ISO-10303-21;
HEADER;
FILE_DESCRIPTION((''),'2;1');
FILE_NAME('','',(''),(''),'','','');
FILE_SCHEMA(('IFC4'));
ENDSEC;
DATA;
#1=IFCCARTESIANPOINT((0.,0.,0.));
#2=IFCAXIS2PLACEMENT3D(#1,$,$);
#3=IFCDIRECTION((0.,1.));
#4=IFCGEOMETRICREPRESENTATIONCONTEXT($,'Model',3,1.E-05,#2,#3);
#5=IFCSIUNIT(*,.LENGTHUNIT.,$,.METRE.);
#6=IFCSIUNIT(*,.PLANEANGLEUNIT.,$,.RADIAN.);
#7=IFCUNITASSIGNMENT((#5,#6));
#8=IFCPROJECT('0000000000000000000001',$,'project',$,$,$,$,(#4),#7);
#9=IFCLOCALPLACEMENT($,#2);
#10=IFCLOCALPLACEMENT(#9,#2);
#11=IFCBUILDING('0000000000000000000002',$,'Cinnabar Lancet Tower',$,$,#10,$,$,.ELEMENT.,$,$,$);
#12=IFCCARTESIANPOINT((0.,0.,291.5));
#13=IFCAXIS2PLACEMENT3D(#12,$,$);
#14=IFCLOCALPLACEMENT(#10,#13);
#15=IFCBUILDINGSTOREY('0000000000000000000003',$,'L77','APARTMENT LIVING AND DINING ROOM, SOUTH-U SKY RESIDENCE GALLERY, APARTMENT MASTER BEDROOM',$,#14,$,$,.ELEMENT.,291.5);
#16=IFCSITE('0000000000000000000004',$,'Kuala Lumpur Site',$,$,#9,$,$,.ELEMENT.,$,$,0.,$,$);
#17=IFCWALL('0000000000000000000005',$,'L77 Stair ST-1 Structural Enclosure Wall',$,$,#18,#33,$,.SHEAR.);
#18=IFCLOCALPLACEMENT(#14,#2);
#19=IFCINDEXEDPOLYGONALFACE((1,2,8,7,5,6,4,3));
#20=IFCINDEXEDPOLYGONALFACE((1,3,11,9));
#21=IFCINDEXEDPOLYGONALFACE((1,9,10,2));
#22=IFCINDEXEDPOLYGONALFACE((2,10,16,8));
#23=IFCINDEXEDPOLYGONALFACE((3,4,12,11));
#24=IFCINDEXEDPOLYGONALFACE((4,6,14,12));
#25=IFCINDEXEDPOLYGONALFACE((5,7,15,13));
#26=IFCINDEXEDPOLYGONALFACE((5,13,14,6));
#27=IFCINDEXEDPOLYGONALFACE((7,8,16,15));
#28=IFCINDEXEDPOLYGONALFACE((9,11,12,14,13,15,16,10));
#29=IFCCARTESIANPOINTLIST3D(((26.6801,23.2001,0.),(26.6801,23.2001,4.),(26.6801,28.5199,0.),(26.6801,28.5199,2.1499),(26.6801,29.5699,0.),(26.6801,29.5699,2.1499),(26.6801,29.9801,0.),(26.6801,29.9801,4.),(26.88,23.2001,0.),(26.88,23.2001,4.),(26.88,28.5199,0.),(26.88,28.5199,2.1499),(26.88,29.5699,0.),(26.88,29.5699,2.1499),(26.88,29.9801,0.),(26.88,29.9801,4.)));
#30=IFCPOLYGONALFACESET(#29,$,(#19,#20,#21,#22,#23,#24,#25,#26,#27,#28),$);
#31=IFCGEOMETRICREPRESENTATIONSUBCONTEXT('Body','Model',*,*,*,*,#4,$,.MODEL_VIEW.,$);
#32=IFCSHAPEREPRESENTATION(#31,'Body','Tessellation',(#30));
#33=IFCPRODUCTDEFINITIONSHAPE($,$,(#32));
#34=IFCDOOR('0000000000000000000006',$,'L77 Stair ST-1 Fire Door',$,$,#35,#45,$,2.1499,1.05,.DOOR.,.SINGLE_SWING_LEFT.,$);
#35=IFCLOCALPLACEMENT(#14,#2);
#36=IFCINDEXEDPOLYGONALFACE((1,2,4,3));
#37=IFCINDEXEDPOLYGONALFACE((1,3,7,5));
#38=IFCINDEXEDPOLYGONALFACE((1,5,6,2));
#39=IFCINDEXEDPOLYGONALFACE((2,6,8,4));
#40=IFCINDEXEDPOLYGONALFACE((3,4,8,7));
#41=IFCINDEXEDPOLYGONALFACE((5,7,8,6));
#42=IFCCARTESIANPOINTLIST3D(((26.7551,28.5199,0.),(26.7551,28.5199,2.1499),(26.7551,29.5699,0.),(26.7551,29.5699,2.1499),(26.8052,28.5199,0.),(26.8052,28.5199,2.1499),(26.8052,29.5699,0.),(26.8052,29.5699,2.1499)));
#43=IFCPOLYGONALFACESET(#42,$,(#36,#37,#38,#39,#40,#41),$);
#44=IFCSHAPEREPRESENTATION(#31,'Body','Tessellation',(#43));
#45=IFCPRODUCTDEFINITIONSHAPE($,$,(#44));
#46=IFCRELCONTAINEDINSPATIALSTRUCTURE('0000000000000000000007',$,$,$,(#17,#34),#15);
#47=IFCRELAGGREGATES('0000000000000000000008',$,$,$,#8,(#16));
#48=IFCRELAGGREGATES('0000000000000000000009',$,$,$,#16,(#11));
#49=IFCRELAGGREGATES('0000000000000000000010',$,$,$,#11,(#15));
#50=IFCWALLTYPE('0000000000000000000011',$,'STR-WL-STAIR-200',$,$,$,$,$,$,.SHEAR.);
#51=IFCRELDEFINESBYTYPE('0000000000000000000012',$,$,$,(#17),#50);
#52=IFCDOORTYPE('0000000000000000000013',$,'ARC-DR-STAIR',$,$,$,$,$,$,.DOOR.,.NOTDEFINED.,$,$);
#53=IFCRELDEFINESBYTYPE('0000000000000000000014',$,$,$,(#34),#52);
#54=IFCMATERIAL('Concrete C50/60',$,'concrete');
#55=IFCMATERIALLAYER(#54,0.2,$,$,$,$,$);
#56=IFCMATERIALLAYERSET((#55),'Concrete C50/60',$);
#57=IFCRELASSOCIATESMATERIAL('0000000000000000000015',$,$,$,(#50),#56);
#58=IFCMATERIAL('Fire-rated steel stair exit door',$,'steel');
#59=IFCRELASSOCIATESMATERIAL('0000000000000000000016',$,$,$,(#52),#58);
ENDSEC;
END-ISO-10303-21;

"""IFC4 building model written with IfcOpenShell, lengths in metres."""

from ifc_helpers import new_model, si_unit, direction, frame, frame_2d, origin, place, context, subcontext, project, spatial, rectangle, extrude, material, layer, layer_set, type_object, element, fill, save


model = new_model("IFC4")

# Units and contexts
model_context = context("Model", 3, precision=1e-05, world=origin(), true_north=direction((0.0, 1.0)))
body_context = subcontext(model_context, "Body", "Model", "MODEL_VIEW")
ifc_project = project(units=[si_unit("LENGTHUNIT", "METRE"), si_unit("PLANEANGLEUNIT", "RADIAN")], contexts=[model_context])

# Site, building, storey
site_placement = place(None, origin())
site = spatial("IfcSite", under=ifc_project, at=site_placement, Name="Kuala Lumpur Site", CompositionType="ELEMENT", RefElevation=0.0)
building_placement = place(site_placement, origin())
building = spatial("IfcBuilding", under=site, at=building_placement, Name="Cinnabar Lancet Tower", CompositionType="ELEMENT")
storey_placement = place(building_placement, frame((0.0, 0.0, 291.5)))
storey = spatial("IfcBuildingStorey", under=building, at=storey_placement, Name="L77", Description="APARTMENT LIVING AND DINING ROOM, SOUTH-U SKY RESIDENCE GALLERY, APARTMENT MASTER BEDROOM", CompositionType="ELEMENT", Elevation=291.5)

# Wall, opening, door
ifc_material_1 = material(Name="Concrete C50/60", Category="concrete")
ifc_layer_1 = layer(ifc_material_1, 0.2)
ifc_layer_set_1 = layer_set([ifc_layer_1], Name="Concrete C50/60")
wall_type_1 = type_object("IfcWallType", Name="STR-WL-STAIR-200", PredefinedType="SHEAR", material=ifc_layer_set_1)
wall_1_placement = place(storey_placement, frame((26.78, 23.2, 0.0), z_axis=(0.0, 0.0, 1.0), x_axis=(0.0, 1.0, 0.0)))
wall_1 = element("IfcWall", 1, at=wall_1_placement, inside=storey, type_object=wall_type_1, Name="L77 Stair ST-1 Structural Enclosure Wall", PredefinedType="SHEAR", context=body_context, shape_type="SweptSolid", body=[
    extrude(rectangle(XDim=6.78, YDim=0.2, at=frame_2d((3.3901, 0.0))), origin(), (0.0, 0.0, 1.0), 4.0),
])
opening_1_placement = place(wall_1_placement, frame((5.3201, 0.0, 0.0)))
opening_1 = element("IfcOpeningElement", 2, at=opening_1_placement, cuts=wall_1, PredefinedType="OPENING", context=body_context, shape_type="SweptSolid", body=[
    extrude(rectangle(XDim=1.05, YDim=2.1499, at=frame_2d((0.5249, 1.075))), frame((0.0, 0.1099, 0.0), z_axis=(0.0, -1.0, 0.0), x_axis=(1.0, 0.0, 0.0)), (0.0, 0.0, 1.0), 0.22),
])
ifc_material_2 = material(Name="Fire-rated steel stair exit door", Category="steel")
door_type_1 = type_object("IfcDoorType", Name="ARC-DR-STAIR", OperationType="NOTDEFINED", PredefinedType="DOOR", material=ifc_material_2)
door_1_placement = place(opening_1_placement, origin())
door_1 = element("IfcDoor", 3, at=door_1_placement, inside=storey, type_object=door_type_1, Name="L77 Stair ST-1 Fire Door", OperationType="SINGLE_SWING_LEFT", OverallHeight=2.1499, OverallWidth=1.05, PredefinedType="DOOR", context=body_context, shape_type="SweptSolid", body=[
    extrude(rectangle(XDim=1.05, YDim=2.1499, at=frame_2d((0.5249, 1.075))), frame((0.0, 0.0249, 0.0), z_axis=(0.0, -1.0, 0.0), x_axis=(1.0, 0.0, 0.0)), (0.0, 0.0, 1.0), 0.05),
])
fill(opening_1, door_1)

save(model, "model.ifc")
